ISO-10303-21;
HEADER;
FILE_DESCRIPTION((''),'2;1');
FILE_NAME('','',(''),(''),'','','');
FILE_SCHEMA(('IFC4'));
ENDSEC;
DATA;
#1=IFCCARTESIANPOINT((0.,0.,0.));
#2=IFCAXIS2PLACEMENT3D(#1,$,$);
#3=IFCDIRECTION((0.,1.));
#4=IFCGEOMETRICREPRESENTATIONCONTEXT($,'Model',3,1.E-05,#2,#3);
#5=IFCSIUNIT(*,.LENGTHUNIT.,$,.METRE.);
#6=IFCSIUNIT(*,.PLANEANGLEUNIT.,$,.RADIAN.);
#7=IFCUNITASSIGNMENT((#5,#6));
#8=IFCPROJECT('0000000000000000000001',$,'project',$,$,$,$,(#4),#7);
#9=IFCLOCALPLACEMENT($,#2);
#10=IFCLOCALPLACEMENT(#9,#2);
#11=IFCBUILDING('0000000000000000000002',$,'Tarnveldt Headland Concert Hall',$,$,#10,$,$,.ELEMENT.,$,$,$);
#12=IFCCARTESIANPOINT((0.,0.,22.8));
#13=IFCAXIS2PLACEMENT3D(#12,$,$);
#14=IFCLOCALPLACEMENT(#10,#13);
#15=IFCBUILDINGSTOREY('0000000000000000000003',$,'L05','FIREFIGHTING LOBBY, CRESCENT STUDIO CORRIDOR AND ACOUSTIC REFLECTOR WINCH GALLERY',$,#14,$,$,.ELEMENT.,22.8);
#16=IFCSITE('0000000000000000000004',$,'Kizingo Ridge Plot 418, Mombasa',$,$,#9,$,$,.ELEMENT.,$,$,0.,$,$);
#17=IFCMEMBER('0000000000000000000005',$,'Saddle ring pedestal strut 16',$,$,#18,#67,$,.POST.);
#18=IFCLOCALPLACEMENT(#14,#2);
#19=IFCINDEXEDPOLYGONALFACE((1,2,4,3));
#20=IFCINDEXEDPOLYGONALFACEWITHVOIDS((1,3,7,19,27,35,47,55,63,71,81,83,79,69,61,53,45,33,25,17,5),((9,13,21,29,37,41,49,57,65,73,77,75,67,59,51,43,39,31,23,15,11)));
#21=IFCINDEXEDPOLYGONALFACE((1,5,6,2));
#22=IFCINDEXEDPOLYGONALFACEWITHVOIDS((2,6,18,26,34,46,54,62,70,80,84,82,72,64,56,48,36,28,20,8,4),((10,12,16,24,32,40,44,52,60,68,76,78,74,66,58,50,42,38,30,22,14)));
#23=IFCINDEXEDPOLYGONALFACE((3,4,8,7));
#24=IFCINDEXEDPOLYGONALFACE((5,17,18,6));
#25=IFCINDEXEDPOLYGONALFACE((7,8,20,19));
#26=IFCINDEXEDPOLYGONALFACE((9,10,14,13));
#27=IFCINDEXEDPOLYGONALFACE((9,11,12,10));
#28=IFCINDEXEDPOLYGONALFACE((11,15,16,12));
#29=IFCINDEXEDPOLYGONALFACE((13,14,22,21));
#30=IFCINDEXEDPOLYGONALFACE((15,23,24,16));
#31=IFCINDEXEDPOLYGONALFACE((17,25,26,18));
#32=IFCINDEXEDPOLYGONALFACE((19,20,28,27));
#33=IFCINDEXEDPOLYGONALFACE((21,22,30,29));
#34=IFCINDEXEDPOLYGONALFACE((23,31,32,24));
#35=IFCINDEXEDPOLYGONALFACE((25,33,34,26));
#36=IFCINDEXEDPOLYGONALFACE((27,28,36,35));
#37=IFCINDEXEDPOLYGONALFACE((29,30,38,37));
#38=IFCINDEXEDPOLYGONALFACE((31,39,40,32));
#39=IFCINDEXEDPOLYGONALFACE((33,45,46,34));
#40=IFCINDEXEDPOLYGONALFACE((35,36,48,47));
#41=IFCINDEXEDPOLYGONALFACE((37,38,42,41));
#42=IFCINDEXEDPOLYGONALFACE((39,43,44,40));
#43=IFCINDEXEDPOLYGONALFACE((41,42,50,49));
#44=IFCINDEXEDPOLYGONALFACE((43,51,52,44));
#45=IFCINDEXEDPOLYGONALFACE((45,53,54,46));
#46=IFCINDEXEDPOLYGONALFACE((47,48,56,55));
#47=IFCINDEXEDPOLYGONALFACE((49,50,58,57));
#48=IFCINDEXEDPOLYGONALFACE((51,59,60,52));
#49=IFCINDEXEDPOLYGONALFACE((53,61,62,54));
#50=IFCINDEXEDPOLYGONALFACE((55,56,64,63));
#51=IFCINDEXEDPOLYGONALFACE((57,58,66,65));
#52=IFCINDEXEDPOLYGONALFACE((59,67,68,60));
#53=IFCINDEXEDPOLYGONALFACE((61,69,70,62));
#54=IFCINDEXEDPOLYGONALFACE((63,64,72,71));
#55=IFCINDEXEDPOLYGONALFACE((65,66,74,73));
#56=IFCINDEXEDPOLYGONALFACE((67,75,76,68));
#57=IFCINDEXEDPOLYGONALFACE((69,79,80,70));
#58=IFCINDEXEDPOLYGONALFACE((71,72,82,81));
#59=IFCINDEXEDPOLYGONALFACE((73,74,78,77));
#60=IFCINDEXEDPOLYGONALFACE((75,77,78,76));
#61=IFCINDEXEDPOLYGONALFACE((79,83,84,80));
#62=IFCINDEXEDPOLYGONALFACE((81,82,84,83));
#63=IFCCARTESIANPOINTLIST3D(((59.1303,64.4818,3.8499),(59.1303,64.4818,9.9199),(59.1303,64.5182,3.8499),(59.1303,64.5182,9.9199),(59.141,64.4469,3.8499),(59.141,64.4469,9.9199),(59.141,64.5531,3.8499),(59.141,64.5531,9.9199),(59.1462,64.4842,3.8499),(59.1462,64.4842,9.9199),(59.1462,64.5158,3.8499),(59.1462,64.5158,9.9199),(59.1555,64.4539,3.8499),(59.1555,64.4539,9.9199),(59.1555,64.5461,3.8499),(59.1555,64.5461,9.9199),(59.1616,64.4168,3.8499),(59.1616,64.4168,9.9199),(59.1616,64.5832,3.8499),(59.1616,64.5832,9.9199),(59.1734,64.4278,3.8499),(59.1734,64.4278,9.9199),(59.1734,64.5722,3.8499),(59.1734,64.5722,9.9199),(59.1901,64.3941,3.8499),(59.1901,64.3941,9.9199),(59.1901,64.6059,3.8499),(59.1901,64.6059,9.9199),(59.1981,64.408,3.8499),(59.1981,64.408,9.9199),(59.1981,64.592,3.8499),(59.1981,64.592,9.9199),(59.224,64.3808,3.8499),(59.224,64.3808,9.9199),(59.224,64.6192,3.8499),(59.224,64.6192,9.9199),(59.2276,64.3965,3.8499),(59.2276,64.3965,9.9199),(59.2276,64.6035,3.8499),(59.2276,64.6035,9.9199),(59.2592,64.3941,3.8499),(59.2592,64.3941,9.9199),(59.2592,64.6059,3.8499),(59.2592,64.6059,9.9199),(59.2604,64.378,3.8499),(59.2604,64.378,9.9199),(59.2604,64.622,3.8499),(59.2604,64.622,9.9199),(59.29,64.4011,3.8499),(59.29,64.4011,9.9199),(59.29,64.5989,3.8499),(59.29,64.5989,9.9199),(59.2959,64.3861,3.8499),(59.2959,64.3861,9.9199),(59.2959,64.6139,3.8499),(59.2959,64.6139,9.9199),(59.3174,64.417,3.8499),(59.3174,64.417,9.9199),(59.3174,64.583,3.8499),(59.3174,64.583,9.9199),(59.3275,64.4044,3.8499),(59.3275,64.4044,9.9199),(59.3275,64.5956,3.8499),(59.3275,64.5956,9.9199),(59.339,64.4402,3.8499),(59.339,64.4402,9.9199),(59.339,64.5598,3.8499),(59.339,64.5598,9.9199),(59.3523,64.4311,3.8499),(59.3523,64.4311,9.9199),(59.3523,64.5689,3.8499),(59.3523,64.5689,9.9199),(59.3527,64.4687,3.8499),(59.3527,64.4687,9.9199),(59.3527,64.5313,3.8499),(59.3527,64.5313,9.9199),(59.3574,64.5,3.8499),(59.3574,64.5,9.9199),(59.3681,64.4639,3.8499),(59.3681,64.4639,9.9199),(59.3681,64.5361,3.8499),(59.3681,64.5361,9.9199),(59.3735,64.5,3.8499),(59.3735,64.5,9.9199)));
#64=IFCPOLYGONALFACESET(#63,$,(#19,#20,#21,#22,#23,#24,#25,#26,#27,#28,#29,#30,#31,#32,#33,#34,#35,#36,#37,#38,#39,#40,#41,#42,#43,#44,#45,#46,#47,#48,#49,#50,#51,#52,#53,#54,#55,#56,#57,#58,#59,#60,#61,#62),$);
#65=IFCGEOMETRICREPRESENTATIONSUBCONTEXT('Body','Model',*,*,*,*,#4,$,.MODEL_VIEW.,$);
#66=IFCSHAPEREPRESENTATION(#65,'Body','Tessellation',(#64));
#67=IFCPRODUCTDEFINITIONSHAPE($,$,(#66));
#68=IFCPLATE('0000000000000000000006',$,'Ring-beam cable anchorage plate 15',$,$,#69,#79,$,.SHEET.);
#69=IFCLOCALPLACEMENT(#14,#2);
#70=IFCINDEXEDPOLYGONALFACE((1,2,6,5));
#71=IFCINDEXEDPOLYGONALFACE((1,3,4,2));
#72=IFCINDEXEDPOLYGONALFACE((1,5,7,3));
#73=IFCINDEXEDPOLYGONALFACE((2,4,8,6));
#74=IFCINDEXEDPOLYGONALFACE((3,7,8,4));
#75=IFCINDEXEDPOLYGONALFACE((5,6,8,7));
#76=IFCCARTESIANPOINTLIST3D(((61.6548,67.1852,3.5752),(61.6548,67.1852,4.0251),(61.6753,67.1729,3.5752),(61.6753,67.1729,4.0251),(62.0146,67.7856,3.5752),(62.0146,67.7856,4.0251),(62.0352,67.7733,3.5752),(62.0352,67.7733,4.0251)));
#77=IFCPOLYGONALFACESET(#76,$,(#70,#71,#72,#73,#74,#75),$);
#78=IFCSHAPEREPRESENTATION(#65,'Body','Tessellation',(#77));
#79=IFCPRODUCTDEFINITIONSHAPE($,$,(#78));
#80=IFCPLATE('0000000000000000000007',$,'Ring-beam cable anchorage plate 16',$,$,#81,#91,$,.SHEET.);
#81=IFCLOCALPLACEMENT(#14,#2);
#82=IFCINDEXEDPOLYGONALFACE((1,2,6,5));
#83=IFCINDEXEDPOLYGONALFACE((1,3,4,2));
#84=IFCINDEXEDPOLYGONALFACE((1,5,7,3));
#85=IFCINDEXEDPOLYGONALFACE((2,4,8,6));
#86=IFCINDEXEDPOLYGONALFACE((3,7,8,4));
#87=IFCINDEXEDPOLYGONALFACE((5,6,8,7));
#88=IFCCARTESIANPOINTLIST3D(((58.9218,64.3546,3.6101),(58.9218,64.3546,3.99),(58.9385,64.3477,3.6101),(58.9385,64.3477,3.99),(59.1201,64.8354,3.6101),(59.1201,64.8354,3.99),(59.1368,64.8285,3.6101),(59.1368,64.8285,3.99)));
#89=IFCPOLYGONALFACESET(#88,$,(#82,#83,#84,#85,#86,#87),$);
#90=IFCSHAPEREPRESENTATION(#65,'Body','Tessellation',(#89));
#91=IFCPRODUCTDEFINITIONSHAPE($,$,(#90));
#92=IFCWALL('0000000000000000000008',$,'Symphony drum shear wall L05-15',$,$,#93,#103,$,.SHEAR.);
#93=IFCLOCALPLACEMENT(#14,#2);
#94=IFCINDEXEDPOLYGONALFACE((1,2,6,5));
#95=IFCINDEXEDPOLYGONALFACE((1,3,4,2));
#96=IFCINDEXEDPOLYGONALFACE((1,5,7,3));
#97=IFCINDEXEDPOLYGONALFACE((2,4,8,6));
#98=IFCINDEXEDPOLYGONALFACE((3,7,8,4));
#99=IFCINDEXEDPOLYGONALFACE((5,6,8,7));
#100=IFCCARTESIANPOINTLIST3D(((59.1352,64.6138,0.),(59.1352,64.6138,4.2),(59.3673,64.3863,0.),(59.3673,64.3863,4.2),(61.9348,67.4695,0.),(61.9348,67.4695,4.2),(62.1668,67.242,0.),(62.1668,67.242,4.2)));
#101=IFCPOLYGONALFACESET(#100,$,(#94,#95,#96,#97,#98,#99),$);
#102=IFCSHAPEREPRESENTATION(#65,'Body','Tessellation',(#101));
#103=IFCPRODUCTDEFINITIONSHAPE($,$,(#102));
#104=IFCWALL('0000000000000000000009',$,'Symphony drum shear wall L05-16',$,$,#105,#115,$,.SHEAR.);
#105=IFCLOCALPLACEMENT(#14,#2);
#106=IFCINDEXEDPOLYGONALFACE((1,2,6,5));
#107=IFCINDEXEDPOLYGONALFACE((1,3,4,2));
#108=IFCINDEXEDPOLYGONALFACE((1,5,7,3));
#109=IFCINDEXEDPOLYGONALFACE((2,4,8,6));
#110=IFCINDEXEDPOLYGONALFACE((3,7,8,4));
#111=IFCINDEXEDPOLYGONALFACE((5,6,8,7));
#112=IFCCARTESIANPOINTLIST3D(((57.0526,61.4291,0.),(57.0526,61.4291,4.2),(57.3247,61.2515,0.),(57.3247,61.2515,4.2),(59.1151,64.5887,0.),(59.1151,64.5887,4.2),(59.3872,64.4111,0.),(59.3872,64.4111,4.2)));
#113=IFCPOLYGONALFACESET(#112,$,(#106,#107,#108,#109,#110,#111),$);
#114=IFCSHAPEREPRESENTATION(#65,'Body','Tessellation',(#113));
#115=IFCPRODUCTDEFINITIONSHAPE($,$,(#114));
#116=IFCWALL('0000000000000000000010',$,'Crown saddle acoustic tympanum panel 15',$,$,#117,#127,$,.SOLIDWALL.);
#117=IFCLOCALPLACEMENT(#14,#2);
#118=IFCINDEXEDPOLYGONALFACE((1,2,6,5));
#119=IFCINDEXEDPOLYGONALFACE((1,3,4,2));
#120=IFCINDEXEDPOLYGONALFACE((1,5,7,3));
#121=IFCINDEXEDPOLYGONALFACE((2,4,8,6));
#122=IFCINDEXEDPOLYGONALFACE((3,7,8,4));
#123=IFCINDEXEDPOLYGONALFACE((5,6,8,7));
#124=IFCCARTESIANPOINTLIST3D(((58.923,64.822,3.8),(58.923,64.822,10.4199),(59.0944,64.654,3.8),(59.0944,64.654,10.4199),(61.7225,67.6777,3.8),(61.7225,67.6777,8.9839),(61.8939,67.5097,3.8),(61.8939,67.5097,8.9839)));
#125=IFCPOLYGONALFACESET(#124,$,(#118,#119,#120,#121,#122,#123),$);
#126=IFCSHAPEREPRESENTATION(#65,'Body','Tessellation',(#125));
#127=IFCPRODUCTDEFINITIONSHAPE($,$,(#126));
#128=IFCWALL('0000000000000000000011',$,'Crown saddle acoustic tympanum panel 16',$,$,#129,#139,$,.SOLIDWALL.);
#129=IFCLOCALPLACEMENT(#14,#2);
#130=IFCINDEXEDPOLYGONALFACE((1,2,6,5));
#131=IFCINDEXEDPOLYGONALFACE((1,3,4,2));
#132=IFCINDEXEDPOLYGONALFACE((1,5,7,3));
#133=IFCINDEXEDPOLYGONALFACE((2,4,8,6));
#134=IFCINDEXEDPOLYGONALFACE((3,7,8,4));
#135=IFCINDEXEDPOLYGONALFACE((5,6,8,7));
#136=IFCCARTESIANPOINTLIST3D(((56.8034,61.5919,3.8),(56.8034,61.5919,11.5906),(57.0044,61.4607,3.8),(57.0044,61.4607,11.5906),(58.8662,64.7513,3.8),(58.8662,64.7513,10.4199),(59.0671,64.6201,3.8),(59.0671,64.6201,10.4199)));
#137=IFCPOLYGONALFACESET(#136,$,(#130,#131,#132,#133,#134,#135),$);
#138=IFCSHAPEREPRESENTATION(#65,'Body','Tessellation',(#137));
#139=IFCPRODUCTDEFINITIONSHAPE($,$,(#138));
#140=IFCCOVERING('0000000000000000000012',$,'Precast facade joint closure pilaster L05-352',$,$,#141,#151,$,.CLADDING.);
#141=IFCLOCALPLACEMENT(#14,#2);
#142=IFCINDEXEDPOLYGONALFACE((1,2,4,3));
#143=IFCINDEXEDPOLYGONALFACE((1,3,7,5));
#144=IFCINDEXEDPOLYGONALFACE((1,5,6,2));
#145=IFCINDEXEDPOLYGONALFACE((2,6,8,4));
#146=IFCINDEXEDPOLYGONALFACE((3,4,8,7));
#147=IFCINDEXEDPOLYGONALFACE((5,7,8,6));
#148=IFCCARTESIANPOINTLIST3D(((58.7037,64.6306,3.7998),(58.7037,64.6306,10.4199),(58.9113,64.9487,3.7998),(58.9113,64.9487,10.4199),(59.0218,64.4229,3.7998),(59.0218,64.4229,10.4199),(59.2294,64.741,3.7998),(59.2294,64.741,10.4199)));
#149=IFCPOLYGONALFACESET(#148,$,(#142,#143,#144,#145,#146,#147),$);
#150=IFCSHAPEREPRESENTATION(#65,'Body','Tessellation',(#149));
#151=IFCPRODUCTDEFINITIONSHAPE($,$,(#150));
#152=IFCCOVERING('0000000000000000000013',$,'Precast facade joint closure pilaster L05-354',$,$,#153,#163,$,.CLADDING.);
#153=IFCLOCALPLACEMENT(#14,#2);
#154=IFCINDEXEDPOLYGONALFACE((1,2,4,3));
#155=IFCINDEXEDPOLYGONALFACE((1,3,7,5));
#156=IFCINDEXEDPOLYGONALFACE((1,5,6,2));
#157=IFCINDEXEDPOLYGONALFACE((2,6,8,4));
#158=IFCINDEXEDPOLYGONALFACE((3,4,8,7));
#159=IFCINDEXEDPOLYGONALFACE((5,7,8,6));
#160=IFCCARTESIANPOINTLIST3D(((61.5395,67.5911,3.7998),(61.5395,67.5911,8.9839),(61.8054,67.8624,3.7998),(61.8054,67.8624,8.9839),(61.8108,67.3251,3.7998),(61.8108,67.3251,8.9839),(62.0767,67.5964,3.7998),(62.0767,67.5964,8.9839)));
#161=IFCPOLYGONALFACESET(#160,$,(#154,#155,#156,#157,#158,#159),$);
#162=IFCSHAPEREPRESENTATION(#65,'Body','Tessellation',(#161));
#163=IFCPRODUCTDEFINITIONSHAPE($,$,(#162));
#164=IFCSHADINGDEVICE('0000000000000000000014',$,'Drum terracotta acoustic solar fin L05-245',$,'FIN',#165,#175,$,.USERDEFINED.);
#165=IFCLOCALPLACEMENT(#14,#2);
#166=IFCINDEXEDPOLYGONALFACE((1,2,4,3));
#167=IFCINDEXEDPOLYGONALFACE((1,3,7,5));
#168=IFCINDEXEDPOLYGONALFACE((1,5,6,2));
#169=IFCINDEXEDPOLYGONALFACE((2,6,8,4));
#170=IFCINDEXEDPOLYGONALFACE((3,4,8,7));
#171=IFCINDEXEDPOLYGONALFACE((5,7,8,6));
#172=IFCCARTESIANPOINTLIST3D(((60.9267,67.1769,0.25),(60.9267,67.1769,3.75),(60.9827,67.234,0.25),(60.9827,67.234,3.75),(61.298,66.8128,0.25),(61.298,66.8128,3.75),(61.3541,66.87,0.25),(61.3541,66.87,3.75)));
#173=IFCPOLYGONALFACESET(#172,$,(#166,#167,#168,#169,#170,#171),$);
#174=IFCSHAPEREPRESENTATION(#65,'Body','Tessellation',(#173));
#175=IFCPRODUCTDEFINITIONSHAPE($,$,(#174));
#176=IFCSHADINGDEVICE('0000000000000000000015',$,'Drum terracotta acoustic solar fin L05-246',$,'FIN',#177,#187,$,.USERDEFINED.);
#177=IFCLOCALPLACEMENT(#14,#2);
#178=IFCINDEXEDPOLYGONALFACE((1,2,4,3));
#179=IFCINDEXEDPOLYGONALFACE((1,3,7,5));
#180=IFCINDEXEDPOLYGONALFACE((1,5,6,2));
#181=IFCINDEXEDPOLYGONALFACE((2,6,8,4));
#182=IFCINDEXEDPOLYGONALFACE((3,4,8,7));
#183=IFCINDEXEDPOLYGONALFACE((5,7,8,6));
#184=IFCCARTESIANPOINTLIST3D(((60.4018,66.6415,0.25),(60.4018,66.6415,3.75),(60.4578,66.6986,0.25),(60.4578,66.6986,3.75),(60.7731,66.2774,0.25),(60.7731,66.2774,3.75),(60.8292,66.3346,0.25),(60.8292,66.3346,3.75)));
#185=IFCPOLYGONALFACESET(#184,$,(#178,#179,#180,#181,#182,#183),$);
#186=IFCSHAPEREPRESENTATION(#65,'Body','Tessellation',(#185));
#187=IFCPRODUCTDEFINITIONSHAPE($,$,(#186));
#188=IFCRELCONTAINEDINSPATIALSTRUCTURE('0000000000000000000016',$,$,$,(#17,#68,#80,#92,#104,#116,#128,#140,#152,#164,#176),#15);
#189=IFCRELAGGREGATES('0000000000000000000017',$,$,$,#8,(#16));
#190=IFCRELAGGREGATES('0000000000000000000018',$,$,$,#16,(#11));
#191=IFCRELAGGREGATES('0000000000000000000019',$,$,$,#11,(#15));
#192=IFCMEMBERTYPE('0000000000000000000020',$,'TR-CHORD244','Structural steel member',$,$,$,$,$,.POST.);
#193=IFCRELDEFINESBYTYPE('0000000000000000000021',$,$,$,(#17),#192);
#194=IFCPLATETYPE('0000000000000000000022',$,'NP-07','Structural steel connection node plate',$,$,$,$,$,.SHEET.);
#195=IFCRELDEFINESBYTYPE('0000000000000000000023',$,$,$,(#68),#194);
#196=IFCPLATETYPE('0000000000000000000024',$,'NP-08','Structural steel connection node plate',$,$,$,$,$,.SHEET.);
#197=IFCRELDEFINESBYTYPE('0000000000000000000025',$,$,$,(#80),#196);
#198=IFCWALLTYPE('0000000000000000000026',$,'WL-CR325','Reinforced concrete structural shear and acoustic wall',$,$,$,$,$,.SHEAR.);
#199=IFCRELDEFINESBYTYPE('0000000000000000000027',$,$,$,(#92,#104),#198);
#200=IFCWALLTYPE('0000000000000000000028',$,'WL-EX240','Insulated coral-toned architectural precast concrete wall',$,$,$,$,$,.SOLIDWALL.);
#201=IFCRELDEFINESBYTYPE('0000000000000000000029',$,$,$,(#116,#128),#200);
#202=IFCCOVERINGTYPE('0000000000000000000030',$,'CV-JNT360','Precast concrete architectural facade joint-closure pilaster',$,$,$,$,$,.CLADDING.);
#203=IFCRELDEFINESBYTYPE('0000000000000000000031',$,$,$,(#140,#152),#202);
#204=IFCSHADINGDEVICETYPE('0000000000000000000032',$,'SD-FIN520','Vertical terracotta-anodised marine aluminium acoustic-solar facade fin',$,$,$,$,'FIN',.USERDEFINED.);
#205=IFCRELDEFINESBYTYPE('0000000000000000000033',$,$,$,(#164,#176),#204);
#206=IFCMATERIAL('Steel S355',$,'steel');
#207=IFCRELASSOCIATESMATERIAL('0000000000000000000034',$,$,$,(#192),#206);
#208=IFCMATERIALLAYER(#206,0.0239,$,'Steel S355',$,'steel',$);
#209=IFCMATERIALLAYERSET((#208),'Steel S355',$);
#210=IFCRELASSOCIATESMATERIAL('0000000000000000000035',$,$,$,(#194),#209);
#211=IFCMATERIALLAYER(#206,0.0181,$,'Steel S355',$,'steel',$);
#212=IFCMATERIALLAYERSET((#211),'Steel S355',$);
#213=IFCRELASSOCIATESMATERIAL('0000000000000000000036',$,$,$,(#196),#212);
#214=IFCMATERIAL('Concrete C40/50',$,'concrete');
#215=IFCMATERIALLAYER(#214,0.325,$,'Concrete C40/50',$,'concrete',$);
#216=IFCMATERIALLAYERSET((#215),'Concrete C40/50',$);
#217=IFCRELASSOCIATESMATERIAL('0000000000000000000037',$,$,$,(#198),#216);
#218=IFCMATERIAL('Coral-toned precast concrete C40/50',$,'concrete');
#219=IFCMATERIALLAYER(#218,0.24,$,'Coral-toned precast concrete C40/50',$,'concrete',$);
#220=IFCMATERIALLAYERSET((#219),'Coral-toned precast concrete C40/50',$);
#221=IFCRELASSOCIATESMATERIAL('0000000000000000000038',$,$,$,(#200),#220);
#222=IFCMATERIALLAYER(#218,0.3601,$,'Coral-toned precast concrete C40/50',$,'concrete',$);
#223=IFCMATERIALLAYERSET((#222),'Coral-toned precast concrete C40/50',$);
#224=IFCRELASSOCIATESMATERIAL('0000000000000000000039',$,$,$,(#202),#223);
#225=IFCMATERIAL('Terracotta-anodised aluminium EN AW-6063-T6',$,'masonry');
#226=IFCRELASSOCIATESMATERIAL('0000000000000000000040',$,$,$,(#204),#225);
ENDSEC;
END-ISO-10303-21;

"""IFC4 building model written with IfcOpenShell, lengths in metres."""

from ifc_helpers import new_model, si_unit, direction, frame, frame_2d, origin, origin_2d, place, context, subcontext, project, spatial, polyline, rectangle, hollow_circle, outline, extrude, material, layer, layer_set, material_profile, profile_set, type_object, element, save


model = new_model("IFC4")

# Units and contexts
model_context = context("Model", 3, precision=1e-05, world=origin(), true_north=direction((0.0, 1.0)))
body_context = subcontext(model_context, "Body", "Model", "MODEL_VIEW")
ifc_project = project(units=[si_unit("LENGTHUNIT", "METRE"), si_unit("PLANEANGLEUNIT", "RADIAN")], contexts=[model_context])

# Site, building, storey
site_placement = place(None, origin())
site = spatial("IfcSite", under=ifc_project, at=site_placement, Name="Kizingo Ridge Plot 418, Mombasa", CompositionType="ELEMENT", RefElevation=0.0)
building_placement = place(site_placement, origin())
building = spatial("IfcBuilding", under=site, at=building_placement, Name="Tarnveldt Headland Concert Hall", CompositionType="ELEMENT")
storey_placement = place(building_placement, frame((0.0, 0.0, 22.8)))
storey = spatial("IfcBuildingStorey", under=building, at=storey_placement, Name="L05", Description="FIREFIGHTING LOBBY, CRESCENT STUDIO CORRIDOR AND ACOUSTIC REFLECTOR WINCH GALLERY", CompositionType="ELEMENT", Elevation=22.8)

# Shared definitions
ifc_material_1 = material(Name="Concrete C40/50", Category="concrete")

# Shared definitions
ifc_material_2 = material(Name="Steel S355", Category="steel")

# Member
ifc_material_profile_1 = material_profile(ifc_material_2, hollow_circle(Radius=0.1223, WallThickness=0.0161, at=origin_2d()), Name="CHS 244.5x16", Category="steel")
ifc_profile_set_1 = profile_set([ifc_material_profile_1], Name="Steel S355")
member_type_1 = type_object("IfcMemberType", Name="TR-CHORD244", Description="Structural steel member", PredefinedType="POST", material=ifc_profile_set_1)
member_1_placement = place(storey_placement, frame((59.2512, 64.5, 3.8499), z_axis=(0.0, 0.0, 1.0), x_axis=(1.0, 0.0, 0.0)))
element("IfcMember", 1, at=member_1_placement, inside=storey, type_object=member_type_1, Name="Saddle ring pedestal strut 16", PredefinedType="POST", context=body_context, shape_type="SweptSolid", body=[
    extrude(hollow_circle(Radius=0.1223, WallThickness=0.0161, at=origin_2d()), origin(), (0.0, 0.0, 1.0), 6.0701),
])

# Plates
ifc_layer_1 = layer(ifc_material_2, 0.0239, Name="Steel S355", Category="steel")
ifc_layer_set_1 = layer_set([ifc_layer_1], Name="Steel S355")
plate_type_1 = type_object("IfcPlateType", Name="NP-07", Description="Structural steel connection node plate", PredefinedType="SHEET", material=ifc_layer_set_1)
plate_1_placement = place(storey_placement, frame((61.845, 67.4792, 3.5752), z_axis=(0.0, 0.0, 1.0), x_axis=(-0.51414, -0.857706, 0.0)))
element("IfcPlate", 2, at=plate_1_placement, inside=storey, type_object=plate_type_1, Name="Ring-beam cable anchorage plate 15", PredefinedType="SHEET", context=body_context, shape_type="SweptSolid", body=[
    extrude(rectangle(XDim=0.7, YDim=0.0239, at=origin_2d()), origin(), (0.0, 0.0, 1.0), 0.45),
])
ifc_layer_2 = layer(ifc_material_2, 0.0181, Name="Steel S355", Category="steel")
ifc_layer_set_2 = layer_set([ifc_layer_2], Name="Steel S355")
plate_type_2 = type_object("IfcPlateType", Name="NP-08", Description="Structural steel connection node plate", PredefinedType="SHEET", material=ifc_layer_set_2)
plate_2_placement = place(storey_placement, frame((59.0293, 64.5916, 3.6101), z_axis=(0.0, 0.0, 1.0), x_axis=(-0.381232, -0.92448, 0.0)))
element("IfcPlate", 3, at=plate_2_placement, inside=storey, type_object=plate_type_2, Name="Ring-beam cable anchorage plate 16", PredefinedType="SHEET", context=body_context, shape_type="SweptSolid", body=[
    extrude(rectangle(XDim=0.52, YDim=0.0181, at=origin_2d()), origin(), (0.0, 0.0, 1.0), 0.3799),
])

# Walls
ifc_layer_3 = layer(ifc_material_1, 0.325, Name="Concrete C40/50", Category="concrete")
ifc_layer_set_3 = layer_set([ifc_layer_3], Name="Concrete C40/50")
wall_type_1 = type_object("IfcWallType", Name="WL-CR325", Description="Reinforced concrete structural shear and acoustic wall", PredefinedType="SHEAR", material=ifc_layer_set_3)
wall_1_placement = place(storey_placement, frame((62.0508, 67.3557, 0.0), z_axis=(0.0, 0.0, 1.0), x_axis=(-0.700051, -0.714093, 0.0)))
element("IfcWall", 4, at=wall_1_placement, inside=storey, type_object=wall_type_1, Name="Symphony drum shear wall L05-15", PredefinedType="SHEAR", context=body_context, shape_type="SweptSolid", body=[
    extrude(rectangle(XDim=3.999, YDim=0.325, at=frame_2d((1.9995, 0.0))), origin(), (0.0, 0.0, 1.0), 4.2),
])
wall_2_placement = place(storey_placement, frame((59.2512, 64.5, 0.0), z_axis=(0.0, 0.0, 1.0), x_axis=(-0.546611, -0.837387, 0.0)))
element("IfcWall", 5, at=wall_2_placement, inside=storey, type_object=wall_type_1, Name="Symphony drum shear wall L05-16", PredefinedType="SHEAR", context=body_context, shape_type="SweptSolid", body=[
    extrude(rectangle(XDim=3.7732, YDim=0.325, at=frame_2d((1.8867, 0.0))), origin(), (0.0, 0.0, 1.0), 4.2),
])
ifc_material_3 = material(Name="Coral-toned precast concrete C40/50", Category="concrete")
ifc_layer_4 = layer(ifc_material_3, 0.24, Name="Coral-toned precast concrete C40/50", Category="concrete")
ifc_layer_set_4 = layer_set([ifc_layer_4], Name="Coral-toned precast concrete C40/50")
wall_type_2 = type_object("IfcWallType", Name="WL-EX240", Description="Insulated coral-toned architectural precast concrete wall", PredefinedType="SOLIDWALL", material=ifc_layer_set_4)
wall_3_placement = place(storey_placement, frame((61.8081, 67.5938, 3.8), z_axis=(0.0, 0.0, 1.0), x_axis=(-0.700051, -0.714093, 0.0)))
element("IfcWall", 6, at=wall_3_placement, inside=storey, type_object=wall_type_2, Name="Crown saddle acoustic tympanum panel 15", PredefinedType="SOLIDWALL", context=body_context, shape_type="SweptSolid", body=[
    extrude(outline(polyline([(0.0, 0.0), (3.999, 0.0), (3.999, 6.6199), (0.0, 5.1838), (0.0, 0.0)])), frame((0.0, 0.1201, 0.0), z_axis=(0.0, -1.0, 0.0), x_axis=(1.0, 0.0, 0.0)), (0.0, 0.0, 1.0), 0.24),
])
wall_4_placement = place(storey_placement, frame((58.9666, 64.6858, 3.8), z_axis=(0.0, 0.0, 1.0), x_axis=(-0.546686, -0.837338, 0.0)))
element("IfcWall", 7, at=wall_4_placement, inside=storey, type_object=wall_type_2, Name="Crown saddle acoustic tympanum panel 16", PredefinedType="SOLIDWALL", context=body_context, shape_type="SweptSolid", body=[
    extrude(outline(polyline([(0.0, 0.0), (3.7732, 0.0), (3.7732, 7.7905), (0.0, 6.6199), (0.0, 0.0)])), frame((0.0, 0.1201, 0.0), z_axis=(0.0, -1.0, 0.0), x_axis=(1.0, 0.0, 0.0)), (0.0, 0.0, 1.0), 0.24),
])

# Coverings
ifc_layer_5 = layer(ifc_material_3, 0.3601, Name="Coral-toned precast concrete C40/50", Category="concrete")
ifc_layer_set_5 = layer_set([ifc_layer_5], Name="Coral-toned precast concrete C40/50")
covering_type = type_object("IfcCoveringType", Name="CV-JNT360", Description="Precast concrete architectural facade joint-closure pilaster", PredefinedType="CLADDING", material=ifc_layer_set_5)
covering_1_placement = place(storey_placement, frame((58.9666, 64.6858, 3.7998), z_axis=(0.0, 0.0, 1.0), x_axis=(-0.837337, 0.546687, 0.0)))
element("IfcCovering", 8, at=covering_1_placement, inside=storey, type_object=covering_type, Name="Precast facade joint closure pilaster L05-352", PredefinedType="CLADDING", context=body_context, shape_type="SweptSolid", body=[
    extrude(rectangle(XDim=0.3799, YDim=0.3799, at=origin_2d()), origin(), (0.0, 0.0, 1.0), 6.6201),
])
covering_2_placement = place(storey_placement, frame((61.8081, 67.5938, 3.7998), z_axis=(0.0, 0.0, 1.0), x_axis=(-0.714106, 0.700037, 0.0)))
element("IfcCovering", 9, at=covering_2_placement, inside=storey, type_object=covering_type, Name="Precast facade joint closure pilaster L05-354", PredefinedType="CLADDING", context=body_context, shape_type="SweptSolid", body=[
    extrude(rectangle(XDim=0.3799, YDim=0.3799, at=origin_2d()), origin(), (0.0, 0.0, 1.0), 5.1841),
])

# Shading devices
ifc_material_4 = material(Name="Terracotta-anodised aluminium EN AW-6063-T6", Category="masonry")
shading_device_type = type_object("IfcShadingDeviceType", Name="SD-FIN520", Description="Vertical terracotta-anodised marine aluminium acoustic-solar facade fin", ElementType="FIN", PredefinedType="USERDEFINED", material=ifc_material_4)
for number, where, z_axis, x_axis, name in (
    (10, (61.1404, 67.0234, 0.25), (0.0, 0.0, 1.0), (-0.714106, 0.700037, 0.0), "Drum terracotta acoustic solar fin L05-245"),
    (11, (60.6155, 66.488, 0.25), (0.0, 0.0, 1.0), (-0.714106, 0.700037, 0.0), "Drum terracotta acoustic solar fin L05-246"),
):
    element("IfcShadingDevice", number, at=place(storey_placement, frame(where, z_axis=z_axis, x_axis=x_axis)), inside=storey, type_object=shading_device_type, Name=name, ObjectType="FIN", PredefinedType="USERDEFINED", context=body_context, shape_type="SweptSolid", body=[
        extrude(rectangle(XDim=0.52, YDim=0.0801, at=origin_2d()), origin(), (0.0, 0.0, 1.0), 3.5),
    ])

save(model, "model.ifc")
